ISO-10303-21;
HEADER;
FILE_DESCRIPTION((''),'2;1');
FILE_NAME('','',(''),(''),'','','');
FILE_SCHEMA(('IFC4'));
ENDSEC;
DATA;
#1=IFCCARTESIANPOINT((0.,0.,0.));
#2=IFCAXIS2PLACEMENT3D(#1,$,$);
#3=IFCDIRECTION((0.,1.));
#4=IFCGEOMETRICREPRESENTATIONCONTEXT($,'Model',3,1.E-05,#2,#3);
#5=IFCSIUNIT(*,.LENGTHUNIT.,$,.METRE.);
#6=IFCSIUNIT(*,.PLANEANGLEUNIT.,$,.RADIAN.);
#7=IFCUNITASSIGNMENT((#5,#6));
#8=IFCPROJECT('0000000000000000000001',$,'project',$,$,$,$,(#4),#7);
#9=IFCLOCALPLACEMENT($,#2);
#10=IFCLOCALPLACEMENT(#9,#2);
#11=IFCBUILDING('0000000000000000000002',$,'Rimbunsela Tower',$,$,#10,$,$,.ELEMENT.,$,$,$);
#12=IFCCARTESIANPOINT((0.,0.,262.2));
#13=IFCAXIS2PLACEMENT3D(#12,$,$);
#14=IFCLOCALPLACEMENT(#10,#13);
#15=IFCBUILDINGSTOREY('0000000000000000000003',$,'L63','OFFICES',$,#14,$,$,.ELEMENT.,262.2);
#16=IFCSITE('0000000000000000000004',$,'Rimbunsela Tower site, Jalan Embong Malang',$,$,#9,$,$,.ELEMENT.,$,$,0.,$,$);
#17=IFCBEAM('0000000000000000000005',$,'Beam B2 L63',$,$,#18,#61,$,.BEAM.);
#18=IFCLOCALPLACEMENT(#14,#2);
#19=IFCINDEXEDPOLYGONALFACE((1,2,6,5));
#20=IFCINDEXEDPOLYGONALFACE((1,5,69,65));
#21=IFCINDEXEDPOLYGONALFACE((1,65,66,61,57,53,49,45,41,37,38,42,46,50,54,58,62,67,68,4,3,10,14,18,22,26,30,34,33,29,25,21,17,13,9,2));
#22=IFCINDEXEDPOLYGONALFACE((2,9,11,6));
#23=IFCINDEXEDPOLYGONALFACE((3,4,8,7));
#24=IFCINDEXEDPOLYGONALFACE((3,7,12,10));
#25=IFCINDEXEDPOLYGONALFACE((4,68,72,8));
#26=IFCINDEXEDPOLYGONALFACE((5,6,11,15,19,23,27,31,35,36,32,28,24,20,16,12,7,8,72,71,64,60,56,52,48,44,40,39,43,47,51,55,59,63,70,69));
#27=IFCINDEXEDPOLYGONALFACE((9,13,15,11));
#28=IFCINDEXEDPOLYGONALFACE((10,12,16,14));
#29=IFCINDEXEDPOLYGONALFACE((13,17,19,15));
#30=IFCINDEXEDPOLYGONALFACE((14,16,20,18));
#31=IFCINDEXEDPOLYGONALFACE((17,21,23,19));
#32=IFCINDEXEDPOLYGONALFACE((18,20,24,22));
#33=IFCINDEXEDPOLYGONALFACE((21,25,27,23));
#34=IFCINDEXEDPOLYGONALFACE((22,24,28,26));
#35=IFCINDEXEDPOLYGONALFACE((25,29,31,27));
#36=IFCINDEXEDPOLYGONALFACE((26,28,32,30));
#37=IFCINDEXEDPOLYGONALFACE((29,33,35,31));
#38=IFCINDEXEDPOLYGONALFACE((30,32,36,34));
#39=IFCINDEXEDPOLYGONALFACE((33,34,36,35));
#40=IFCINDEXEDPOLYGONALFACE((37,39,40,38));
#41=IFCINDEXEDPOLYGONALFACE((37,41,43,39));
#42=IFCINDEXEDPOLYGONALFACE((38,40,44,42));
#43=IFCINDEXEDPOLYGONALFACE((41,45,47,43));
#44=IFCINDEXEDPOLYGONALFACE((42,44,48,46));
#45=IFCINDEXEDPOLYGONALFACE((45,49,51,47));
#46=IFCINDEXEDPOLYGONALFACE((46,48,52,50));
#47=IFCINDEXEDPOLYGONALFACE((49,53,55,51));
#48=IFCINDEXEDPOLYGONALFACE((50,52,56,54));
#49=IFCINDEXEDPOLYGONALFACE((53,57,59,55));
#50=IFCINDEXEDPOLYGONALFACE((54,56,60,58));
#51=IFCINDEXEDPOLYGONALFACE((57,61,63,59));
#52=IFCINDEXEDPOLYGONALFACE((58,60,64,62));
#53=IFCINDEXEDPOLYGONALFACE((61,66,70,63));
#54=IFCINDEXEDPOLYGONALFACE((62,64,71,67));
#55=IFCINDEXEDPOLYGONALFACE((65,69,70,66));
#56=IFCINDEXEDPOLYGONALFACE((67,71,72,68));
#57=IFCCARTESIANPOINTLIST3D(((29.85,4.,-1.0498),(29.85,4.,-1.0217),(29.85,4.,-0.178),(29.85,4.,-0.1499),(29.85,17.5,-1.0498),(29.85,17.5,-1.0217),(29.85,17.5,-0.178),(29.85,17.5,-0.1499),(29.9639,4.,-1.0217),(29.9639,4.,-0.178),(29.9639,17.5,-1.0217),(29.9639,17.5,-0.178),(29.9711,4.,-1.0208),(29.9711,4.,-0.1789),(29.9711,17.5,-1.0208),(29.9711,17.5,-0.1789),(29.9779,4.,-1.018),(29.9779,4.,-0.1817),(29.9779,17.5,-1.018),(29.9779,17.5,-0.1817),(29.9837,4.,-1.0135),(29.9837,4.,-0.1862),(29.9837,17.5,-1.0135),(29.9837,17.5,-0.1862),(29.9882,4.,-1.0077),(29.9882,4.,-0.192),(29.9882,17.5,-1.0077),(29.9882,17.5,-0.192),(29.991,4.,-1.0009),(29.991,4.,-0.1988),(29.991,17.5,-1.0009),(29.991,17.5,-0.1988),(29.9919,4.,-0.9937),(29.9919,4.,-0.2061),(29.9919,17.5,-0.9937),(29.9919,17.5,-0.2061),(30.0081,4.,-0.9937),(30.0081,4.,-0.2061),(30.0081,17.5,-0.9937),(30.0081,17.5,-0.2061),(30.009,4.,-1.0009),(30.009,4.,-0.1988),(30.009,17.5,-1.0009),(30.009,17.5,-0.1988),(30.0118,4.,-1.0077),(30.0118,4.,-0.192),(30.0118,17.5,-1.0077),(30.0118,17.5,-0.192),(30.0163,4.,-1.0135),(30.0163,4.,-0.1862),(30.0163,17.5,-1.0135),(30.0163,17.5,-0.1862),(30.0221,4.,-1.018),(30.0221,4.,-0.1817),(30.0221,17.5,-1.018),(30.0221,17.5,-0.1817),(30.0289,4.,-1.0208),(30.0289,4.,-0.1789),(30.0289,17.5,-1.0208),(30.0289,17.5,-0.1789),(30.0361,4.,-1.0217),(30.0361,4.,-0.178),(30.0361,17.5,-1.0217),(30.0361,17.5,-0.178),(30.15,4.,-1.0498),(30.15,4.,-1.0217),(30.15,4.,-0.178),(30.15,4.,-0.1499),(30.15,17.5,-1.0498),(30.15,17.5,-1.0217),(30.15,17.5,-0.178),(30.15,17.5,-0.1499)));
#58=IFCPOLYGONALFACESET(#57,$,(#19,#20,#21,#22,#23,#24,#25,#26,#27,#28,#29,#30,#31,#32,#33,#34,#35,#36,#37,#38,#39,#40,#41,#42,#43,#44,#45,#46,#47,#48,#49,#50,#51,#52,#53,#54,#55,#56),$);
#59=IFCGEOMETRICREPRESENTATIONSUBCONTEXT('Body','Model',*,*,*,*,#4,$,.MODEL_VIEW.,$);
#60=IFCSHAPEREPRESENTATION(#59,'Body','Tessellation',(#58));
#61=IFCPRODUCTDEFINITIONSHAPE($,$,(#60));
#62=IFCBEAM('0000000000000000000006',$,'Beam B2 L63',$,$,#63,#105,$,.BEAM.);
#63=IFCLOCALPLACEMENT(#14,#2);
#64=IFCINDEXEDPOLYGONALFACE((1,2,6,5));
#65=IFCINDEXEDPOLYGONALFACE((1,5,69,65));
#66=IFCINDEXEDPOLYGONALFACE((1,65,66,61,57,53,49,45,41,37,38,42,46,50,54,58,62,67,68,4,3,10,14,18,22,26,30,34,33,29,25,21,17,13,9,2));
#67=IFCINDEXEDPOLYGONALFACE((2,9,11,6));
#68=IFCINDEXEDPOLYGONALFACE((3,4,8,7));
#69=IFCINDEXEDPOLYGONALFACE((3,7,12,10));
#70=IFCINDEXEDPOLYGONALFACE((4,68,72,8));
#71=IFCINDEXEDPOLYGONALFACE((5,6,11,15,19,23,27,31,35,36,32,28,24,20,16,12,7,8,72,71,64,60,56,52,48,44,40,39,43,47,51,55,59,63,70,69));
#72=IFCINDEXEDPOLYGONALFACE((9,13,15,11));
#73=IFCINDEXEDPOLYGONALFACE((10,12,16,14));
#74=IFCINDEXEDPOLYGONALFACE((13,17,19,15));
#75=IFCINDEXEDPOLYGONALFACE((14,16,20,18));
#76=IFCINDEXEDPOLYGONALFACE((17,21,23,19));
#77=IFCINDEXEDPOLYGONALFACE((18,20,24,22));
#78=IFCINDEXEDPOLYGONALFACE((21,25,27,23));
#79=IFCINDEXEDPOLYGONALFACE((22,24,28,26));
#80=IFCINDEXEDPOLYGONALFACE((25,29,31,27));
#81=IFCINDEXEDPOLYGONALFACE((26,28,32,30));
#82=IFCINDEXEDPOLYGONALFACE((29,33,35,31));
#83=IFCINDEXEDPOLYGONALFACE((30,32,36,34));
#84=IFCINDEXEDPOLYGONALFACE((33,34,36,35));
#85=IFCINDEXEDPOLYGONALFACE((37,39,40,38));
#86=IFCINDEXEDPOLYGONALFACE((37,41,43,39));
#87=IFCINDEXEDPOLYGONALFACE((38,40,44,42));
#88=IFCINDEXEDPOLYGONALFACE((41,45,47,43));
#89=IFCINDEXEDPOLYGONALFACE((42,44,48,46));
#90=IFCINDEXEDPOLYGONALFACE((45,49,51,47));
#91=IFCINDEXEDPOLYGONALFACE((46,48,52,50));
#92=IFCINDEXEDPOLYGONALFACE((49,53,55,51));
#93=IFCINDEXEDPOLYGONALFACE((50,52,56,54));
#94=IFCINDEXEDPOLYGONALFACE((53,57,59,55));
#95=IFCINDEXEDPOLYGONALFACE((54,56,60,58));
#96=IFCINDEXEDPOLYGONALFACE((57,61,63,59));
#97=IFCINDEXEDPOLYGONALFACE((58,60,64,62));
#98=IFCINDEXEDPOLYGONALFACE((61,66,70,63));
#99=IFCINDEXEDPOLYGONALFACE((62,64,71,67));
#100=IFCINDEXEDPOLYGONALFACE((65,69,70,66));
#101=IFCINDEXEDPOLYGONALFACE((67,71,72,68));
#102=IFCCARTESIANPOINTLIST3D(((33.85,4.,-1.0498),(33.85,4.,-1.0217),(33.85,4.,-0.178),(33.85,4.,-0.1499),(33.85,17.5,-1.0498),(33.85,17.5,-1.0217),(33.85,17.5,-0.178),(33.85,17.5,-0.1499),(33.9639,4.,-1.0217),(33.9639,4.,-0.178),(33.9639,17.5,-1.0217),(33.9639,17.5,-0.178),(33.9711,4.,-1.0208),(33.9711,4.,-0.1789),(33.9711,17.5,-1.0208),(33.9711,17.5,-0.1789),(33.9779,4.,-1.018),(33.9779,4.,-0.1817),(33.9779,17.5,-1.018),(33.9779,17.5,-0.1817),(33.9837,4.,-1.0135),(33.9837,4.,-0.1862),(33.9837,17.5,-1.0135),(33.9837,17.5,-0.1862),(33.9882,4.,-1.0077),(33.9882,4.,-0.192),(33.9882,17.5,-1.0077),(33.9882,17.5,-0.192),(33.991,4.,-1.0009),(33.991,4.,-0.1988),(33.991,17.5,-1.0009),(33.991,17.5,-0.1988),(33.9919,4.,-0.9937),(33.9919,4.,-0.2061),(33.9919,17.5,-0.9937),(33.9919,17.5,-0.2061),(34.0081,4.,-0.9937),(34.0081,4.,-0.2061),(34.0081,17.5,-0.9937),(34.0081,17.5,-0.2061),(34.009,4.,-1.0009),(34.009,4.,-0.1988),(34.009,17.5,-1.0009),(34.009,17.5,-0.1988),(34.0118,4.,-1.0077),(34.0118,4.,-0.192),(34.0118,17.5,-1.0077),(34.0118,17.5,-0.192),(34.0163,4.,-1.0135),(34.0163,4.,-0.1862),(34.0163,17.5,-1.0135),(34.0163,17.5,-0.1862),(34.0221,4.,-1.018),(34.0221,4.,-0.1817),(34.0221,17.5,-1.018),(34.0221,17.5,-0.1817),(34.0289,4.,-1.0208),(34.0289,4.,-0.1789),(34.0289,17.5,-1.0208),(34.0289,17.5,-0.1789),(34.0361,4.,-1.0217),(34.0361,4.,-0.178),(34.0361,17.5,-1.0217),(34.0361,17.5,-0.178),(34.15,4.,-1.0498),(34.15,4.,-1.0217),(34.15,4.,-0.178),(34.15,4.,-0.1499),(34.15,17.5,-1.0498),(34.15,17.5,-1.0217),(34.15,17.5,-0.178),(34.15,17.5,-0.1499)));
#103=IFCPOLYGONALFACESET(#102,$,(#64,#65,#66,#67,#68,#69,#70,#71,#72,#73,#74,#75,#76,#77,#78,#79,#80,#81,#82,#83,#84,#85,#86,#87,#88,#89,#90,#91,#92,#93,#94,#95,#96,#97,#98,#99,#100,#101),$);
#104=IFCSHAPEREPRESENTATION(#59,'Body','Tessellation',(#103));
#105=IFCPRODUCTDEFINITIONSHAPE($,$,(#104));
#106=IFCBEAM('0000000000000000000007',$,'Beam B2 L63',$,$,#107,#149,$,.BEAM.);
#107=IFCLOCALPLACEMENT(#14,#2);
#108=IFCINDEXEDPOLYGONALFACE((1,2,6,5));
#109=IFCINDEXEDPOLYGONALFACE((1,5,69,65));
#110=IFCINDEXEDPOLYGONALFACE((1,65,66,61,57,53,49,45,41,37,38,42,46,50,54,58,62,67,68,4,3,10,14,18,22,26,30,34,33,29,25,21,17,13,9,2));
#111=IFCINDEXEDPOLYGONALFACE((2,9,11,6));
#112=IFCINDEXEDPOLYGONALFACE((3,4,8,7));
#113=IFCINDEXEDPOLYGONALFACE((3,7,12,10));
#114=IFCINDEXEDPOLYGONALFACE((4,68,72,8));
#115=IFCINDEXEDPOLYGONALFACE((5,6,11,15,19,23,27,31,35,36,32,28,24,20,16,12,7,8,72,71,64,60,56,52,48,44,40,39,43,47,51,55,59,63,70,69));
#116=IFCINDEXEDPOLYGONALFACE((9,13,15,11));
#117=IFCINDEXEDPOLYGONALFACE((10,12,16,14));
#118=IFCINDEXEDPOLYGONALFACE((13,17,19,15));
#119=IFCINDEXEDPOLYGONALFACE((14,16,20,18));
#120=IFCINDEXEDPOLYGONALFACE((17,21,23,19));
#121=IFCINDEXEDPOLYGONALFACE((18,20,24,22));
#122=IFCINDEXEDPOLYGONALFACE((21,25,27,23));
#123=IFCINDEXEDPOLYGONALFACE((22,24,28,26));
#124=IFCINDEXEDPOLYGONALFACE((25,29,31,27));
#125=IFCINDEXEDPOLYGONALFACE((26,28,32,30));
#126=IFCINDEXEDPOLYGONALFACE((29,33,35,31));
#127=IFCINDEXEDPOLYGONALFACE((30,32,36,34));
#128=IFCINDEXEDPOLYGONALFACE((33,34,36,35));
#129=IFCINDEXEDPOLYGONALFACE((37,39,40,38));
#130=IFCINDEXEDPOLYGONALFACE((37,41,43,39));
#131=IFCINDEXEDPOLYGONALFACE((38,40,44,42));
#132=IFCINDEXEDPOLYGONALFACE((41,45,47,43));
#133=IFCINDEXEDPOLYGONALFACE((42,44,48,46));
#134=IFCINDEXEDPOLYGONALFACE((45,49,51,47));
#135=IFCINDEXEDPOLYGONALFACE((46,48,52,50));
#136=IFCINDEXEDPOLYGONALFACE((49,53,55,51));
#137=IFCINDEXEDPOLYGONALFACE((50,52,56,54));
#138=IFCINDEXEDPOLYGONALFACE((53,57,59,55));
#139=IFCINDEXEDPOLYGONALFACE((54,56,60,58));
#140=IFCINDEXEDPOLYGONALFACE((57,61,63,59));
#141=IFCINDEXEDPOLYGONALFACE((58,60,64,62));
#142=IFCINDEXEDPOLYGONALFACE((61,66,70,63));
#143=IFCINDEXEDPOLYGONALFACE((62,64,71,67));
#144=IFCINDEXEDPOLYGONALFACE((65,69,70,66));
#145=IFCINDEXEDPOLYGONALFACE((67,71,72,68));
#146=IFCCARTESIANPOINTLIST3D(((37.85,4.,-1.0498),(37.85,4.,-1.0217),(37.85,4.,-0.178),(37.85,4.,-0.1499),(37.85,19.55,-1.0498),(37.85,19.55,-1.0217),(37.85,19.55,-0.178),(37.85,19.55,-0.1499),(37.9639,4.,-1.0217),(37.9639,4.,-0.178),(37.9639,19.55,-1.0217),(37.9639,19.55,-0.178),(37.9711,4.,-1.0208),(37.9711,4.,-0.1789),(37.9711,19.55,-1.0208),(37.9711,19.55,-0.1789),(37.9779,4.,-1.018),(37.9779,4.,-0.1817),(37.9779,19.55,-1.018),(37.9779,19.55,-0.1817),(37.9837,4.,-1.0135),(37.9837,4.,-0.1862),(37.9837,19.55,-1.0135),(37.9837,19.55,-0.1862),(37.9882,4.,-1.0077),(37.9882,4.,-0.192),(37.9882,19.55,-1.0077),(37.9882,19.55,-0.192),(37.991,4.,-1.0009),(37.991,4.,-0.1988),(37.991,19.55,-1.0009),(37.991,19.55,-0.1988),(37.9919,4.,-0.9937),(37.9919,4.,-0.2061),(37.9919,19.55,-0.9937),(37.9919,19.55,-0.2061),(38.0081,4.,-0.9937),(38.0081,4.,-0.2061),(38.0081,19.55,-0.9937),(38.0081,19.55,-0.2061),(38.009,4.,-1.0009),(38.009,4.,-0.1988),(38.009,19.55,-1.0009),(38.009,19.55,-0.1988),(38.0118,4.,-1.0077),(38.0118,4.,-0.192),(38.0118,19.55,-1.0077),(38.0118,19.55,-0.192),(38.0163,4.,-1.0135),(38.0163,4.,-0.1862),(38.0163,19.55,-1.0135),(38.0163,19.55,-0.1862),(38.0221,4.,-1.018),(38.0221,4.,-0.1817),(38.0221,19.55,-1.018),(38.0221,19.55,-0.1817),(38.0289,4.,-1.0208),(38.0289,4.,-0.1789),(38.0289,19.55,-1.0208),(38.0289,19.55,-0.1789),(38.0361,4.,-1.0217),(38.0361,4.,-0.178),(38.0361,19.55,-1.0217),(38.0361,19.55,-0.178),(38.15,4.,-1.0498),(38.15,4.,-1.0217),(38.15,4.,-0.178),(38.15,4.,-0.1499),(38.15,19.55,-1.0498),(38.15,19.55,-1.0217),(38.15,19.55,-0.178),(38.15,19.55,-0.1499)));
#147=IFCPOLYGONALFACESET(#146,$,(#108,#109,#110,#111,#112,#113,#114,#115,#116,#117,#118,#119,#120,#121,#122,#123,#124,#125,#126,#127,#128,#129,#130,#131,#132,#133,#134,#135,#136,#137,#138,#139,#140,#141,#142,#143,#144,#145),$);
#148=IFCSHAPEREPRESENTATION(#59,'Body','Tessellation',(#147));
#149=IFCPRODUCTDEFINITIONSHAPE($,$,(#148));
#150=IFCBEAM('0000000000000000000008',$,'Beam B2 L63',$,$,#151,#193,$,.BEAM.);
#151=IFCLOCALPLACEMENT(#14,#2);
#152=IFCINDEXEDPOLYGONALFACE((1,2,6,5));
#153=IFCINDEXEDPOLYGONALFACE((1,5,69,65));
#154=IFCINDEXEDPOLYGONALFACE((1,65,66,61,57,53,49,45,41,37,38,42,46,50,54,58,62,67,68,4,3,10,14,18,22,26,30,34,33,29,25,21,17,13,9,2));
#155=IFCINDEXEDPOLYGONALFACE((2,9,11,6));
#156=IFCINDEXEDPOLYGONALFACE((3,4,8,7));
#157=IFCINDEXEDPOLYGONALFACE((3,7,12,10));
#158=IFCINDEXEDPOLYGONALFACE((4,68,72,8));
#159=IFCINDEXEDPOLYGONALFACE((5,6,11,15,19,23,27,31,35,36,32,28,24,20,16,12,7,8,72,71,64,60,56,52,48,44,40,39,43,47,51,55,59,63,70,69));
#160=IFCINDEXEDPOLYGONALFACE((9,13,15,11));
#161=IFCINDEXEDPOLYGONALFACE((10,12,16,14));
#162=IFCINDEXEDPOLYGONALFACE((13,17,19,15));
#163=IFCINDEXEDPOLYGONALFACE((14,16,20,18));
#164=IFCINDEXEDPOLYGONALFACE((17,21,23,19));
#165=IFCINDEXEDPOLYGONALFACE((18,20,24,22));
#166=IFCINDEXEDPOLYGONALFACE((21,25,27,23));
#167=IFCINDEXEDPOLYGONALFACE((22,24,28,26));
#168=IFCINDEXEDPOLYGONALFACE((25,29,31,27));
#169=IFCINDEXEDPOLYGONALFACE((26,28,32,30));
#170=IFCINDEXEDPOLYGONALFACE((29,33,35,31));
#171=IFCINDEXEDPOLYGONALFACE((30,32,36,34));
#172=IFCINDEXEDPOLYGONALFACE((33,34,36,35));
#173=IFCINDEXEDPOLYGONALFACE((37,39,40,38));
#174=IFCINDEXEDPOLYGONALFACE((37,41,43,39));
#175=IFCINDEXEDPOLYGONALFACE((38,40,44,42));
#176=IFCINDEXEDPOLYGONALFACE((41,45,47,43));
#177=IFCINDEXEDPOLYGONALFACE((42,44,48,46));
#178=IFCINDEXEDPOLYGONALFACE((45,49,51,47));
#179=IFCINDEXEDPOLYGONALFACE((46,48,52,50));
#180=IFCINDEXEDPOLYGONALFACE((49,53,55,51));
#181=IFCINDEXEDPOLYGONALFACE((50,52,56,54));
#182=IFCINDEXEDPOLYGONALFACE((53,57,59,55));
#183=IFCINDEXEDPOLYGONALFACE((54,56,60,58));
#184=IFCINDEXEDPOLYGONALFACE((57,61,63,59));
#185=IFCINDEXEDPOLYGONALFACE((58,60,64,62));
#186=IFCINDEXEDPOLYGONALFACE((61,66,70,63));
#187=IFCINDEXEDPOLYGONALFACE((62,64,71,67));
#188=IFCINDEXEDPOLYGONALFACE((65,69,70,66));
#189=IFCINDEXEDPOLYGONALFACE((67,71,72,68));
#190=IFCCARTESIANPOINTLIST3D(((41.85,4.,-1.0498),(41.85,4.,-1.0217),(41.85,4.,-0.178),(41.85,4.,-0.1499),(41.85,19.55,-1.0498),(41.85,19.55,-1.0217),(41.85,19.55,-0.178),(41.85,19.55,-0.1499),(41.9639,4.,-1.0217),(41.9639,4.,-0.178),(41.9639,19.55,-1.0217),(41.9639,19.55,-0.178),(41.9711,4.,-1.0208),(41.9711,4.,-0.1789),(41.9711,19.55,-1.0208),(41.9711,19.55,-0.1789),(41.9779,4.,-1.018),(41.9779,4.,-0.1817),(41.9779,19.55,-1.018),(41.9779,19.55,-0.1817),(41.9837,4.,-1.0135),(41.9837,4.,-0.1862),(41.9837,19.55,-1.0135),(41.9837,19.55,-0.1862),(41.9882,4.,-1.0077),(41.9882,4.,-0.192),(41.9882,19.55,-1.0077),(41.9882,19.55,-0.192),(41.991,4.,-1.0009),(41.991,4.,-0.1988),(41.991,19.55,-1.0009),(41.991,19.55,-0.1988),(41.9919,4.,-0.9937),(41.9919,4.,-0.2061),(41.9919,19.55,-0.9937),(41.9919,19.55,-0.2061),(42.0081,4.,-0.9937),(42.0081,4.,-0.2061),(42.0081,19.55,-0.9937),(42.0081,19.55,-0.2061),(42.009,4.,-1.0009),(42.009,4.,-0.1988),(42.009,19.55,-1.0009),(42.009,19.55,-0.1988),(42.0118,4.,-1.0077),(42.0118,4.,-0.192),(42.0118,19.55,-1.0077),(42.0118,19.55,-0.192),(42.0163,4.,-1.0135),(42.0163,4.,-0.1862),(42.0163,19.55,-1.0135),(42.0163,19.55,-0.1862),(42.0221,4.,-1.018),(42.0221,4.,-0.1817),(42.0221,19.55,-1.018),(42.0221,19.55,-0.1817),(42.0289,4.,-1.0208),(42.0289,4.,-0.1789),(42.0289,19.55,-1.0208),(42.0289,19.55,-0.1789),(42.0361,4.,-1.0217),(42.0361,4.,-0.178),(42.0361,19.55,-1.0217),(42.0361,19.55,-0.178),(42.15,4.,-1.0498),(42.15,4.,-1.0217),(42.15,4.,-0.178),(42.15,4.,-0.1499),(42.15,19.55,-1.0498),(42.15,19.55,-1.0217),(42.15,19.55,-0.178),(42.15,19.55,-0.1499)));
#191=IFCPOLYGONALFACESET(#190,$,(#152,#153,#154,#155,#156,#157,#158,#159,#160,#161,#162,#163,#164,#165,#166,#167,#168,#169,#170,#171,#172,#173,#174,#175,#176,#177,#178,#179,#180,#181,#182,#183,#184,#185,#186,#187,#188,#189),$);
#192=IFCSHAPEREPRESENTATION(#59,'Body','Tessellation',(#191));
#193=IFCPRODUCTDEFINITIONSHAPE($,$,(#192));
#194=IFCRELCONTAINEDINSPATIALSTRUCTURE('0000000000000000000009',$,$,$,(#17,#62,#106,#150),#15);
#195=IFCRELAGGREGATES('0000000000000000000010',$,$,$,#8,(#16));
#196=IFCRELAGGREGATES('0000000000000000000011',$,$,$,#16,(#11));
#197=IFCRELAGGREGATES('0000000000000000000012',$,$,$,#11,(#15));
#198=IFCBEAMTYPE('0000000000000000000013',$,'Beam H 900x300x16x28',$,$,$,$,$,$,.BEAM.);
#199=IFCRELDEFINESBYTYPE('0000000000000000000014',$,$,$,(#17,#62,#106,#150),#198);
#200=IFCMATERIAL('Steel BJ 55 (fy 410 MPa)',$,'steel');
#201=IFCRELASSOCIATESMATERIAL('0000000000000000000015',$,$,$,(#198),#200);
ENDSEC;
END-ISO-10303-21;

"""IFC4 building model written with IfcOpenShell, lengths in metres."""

from ifc_helpers import new_model, si_unit, direction, frame, origin, origin_2d, place, context, subcontext, project, spatial, i_section, extrude, material, material_profile, profile_set, type_object, element, save


model = new_model("IFC4")

# Units and contexts
model_context = context("Model", 3, precision=1e-05, world=origin(), true_north=direction((0.0, 1.0)))
body_context = subcontext(model_context, "Body", "Model", "MODEL_VIEW")
ifc_project = project(units=[si_unit("LENGTHUNIT", "METRE"), si_unit("PLANEANGLEUNIT", "RADIAN")], contexts=[model_context])

# Site, building, storey
site_placement = place(None, origin())
site = spatial("IfcSite", under=ifc_project, at=site_placement, Name="Rimbunsela Tower site, Jalan Embong Malang", CompositionType="ELEMENT", RefElevation=0.0)
building_placement = place(site_placement, origin())
building = spatial("IfcBuilding", under=site, at=building_placement, Name="Rimbunsela Tower", CompositionType="ELEMENT")
storey_placement = place(building_placement, frame((0.0, 0.0, 262.2)))
storey = spatial("IfcBuildingStorey", under=building, at=storey_placement, Name="L63", Description="OFFICES", CompositionType="ELEMENT", Elevation=262.2)

# Beams
ifc_material_1 = material(Name="Steel BJ 55 (fy 410 MPa)", Category="steel")
ifc_material_profile_1 = material_profile(ifc_material_1, i_section(OverallWidth=0.3, OverallDepth=0.8999, WebThickness=0.0161, FlangeThickness=0.0281, FilletRadius=0.0281, at=origin_2d()), Name="H 900x300x16x28")
ifc_profile_set_1 = profile_set([ifc_material_profile_1], Name="Steel BJ 55 (fy 410 MPa)")
beam_type_1 = type_object("IfcBeamType", Name="Beam H 900x300x16x28", PredefinedType="BEAM", material=ifc_profile_set_1)
for number, where, z_axis, x_axis, name in (
    (1, (30.0, 4.0, -0.5999), (0.0, 1.0, 0.0), (-1.0, 0.0, 0.0), "Beam B2 L63"),
    (2, (34.0, 4.0, -0.5999), (0.0, 1.0, 0.0), (-1.0, 0.0, 0.0), "Beam B2 L63"),
):
    element("IfcBeam", number, at=place(storey_placement, frame(where, z_axis=z_axis, x_axis=x_axis)), inside=storey, type_object=beam_type_1, Name=name, PredefinedType="BEAM", context=body_context, shape_type="SweptSolid", body=[
        extrude(i_section(OverallWidth=0.3, OverallDepth=0.8999, WebThickness=0.0161, FlangeThickness=0.0281, FilletRadius=0.0281, at=origin_2d()), origin(), (0.0, 0.0, 1.0), 13.5),
    ])
for number, where, z_axis, x_axis, name in (
    (3, (38.0, 4.0, -0.5999), (0.0, 1.0, 0.0), (-1.0, 0.0, 0.0), "Beam B2 L63"),
    (4, (42.0, 4.0, -0.5999), (0.0, 1.0, 0.0), (-1.0, 0.0, 0.0), "Beam B2 L63"),
):
    element("IfcBeam", number, at=place(storey_placement, frame(where, z_axis=z_axis, x_axis=x_axis)), inside=storey, type_object=beam_type_1, Name=name, PredefinedType="BEAM", context=body_context, shape_type="SweptSolid", body=[
        extrude(i_section(OverallWidth=0.3, OverallDepth=0.8999, WebThickness=0.0161, FlangeThickness=0.0281, FilletRadius=0.0281, at=origin_2d()), origin(), (0.0, 0.0, 1.0), 15.55),
    ])

save(model, "model.ifc")
